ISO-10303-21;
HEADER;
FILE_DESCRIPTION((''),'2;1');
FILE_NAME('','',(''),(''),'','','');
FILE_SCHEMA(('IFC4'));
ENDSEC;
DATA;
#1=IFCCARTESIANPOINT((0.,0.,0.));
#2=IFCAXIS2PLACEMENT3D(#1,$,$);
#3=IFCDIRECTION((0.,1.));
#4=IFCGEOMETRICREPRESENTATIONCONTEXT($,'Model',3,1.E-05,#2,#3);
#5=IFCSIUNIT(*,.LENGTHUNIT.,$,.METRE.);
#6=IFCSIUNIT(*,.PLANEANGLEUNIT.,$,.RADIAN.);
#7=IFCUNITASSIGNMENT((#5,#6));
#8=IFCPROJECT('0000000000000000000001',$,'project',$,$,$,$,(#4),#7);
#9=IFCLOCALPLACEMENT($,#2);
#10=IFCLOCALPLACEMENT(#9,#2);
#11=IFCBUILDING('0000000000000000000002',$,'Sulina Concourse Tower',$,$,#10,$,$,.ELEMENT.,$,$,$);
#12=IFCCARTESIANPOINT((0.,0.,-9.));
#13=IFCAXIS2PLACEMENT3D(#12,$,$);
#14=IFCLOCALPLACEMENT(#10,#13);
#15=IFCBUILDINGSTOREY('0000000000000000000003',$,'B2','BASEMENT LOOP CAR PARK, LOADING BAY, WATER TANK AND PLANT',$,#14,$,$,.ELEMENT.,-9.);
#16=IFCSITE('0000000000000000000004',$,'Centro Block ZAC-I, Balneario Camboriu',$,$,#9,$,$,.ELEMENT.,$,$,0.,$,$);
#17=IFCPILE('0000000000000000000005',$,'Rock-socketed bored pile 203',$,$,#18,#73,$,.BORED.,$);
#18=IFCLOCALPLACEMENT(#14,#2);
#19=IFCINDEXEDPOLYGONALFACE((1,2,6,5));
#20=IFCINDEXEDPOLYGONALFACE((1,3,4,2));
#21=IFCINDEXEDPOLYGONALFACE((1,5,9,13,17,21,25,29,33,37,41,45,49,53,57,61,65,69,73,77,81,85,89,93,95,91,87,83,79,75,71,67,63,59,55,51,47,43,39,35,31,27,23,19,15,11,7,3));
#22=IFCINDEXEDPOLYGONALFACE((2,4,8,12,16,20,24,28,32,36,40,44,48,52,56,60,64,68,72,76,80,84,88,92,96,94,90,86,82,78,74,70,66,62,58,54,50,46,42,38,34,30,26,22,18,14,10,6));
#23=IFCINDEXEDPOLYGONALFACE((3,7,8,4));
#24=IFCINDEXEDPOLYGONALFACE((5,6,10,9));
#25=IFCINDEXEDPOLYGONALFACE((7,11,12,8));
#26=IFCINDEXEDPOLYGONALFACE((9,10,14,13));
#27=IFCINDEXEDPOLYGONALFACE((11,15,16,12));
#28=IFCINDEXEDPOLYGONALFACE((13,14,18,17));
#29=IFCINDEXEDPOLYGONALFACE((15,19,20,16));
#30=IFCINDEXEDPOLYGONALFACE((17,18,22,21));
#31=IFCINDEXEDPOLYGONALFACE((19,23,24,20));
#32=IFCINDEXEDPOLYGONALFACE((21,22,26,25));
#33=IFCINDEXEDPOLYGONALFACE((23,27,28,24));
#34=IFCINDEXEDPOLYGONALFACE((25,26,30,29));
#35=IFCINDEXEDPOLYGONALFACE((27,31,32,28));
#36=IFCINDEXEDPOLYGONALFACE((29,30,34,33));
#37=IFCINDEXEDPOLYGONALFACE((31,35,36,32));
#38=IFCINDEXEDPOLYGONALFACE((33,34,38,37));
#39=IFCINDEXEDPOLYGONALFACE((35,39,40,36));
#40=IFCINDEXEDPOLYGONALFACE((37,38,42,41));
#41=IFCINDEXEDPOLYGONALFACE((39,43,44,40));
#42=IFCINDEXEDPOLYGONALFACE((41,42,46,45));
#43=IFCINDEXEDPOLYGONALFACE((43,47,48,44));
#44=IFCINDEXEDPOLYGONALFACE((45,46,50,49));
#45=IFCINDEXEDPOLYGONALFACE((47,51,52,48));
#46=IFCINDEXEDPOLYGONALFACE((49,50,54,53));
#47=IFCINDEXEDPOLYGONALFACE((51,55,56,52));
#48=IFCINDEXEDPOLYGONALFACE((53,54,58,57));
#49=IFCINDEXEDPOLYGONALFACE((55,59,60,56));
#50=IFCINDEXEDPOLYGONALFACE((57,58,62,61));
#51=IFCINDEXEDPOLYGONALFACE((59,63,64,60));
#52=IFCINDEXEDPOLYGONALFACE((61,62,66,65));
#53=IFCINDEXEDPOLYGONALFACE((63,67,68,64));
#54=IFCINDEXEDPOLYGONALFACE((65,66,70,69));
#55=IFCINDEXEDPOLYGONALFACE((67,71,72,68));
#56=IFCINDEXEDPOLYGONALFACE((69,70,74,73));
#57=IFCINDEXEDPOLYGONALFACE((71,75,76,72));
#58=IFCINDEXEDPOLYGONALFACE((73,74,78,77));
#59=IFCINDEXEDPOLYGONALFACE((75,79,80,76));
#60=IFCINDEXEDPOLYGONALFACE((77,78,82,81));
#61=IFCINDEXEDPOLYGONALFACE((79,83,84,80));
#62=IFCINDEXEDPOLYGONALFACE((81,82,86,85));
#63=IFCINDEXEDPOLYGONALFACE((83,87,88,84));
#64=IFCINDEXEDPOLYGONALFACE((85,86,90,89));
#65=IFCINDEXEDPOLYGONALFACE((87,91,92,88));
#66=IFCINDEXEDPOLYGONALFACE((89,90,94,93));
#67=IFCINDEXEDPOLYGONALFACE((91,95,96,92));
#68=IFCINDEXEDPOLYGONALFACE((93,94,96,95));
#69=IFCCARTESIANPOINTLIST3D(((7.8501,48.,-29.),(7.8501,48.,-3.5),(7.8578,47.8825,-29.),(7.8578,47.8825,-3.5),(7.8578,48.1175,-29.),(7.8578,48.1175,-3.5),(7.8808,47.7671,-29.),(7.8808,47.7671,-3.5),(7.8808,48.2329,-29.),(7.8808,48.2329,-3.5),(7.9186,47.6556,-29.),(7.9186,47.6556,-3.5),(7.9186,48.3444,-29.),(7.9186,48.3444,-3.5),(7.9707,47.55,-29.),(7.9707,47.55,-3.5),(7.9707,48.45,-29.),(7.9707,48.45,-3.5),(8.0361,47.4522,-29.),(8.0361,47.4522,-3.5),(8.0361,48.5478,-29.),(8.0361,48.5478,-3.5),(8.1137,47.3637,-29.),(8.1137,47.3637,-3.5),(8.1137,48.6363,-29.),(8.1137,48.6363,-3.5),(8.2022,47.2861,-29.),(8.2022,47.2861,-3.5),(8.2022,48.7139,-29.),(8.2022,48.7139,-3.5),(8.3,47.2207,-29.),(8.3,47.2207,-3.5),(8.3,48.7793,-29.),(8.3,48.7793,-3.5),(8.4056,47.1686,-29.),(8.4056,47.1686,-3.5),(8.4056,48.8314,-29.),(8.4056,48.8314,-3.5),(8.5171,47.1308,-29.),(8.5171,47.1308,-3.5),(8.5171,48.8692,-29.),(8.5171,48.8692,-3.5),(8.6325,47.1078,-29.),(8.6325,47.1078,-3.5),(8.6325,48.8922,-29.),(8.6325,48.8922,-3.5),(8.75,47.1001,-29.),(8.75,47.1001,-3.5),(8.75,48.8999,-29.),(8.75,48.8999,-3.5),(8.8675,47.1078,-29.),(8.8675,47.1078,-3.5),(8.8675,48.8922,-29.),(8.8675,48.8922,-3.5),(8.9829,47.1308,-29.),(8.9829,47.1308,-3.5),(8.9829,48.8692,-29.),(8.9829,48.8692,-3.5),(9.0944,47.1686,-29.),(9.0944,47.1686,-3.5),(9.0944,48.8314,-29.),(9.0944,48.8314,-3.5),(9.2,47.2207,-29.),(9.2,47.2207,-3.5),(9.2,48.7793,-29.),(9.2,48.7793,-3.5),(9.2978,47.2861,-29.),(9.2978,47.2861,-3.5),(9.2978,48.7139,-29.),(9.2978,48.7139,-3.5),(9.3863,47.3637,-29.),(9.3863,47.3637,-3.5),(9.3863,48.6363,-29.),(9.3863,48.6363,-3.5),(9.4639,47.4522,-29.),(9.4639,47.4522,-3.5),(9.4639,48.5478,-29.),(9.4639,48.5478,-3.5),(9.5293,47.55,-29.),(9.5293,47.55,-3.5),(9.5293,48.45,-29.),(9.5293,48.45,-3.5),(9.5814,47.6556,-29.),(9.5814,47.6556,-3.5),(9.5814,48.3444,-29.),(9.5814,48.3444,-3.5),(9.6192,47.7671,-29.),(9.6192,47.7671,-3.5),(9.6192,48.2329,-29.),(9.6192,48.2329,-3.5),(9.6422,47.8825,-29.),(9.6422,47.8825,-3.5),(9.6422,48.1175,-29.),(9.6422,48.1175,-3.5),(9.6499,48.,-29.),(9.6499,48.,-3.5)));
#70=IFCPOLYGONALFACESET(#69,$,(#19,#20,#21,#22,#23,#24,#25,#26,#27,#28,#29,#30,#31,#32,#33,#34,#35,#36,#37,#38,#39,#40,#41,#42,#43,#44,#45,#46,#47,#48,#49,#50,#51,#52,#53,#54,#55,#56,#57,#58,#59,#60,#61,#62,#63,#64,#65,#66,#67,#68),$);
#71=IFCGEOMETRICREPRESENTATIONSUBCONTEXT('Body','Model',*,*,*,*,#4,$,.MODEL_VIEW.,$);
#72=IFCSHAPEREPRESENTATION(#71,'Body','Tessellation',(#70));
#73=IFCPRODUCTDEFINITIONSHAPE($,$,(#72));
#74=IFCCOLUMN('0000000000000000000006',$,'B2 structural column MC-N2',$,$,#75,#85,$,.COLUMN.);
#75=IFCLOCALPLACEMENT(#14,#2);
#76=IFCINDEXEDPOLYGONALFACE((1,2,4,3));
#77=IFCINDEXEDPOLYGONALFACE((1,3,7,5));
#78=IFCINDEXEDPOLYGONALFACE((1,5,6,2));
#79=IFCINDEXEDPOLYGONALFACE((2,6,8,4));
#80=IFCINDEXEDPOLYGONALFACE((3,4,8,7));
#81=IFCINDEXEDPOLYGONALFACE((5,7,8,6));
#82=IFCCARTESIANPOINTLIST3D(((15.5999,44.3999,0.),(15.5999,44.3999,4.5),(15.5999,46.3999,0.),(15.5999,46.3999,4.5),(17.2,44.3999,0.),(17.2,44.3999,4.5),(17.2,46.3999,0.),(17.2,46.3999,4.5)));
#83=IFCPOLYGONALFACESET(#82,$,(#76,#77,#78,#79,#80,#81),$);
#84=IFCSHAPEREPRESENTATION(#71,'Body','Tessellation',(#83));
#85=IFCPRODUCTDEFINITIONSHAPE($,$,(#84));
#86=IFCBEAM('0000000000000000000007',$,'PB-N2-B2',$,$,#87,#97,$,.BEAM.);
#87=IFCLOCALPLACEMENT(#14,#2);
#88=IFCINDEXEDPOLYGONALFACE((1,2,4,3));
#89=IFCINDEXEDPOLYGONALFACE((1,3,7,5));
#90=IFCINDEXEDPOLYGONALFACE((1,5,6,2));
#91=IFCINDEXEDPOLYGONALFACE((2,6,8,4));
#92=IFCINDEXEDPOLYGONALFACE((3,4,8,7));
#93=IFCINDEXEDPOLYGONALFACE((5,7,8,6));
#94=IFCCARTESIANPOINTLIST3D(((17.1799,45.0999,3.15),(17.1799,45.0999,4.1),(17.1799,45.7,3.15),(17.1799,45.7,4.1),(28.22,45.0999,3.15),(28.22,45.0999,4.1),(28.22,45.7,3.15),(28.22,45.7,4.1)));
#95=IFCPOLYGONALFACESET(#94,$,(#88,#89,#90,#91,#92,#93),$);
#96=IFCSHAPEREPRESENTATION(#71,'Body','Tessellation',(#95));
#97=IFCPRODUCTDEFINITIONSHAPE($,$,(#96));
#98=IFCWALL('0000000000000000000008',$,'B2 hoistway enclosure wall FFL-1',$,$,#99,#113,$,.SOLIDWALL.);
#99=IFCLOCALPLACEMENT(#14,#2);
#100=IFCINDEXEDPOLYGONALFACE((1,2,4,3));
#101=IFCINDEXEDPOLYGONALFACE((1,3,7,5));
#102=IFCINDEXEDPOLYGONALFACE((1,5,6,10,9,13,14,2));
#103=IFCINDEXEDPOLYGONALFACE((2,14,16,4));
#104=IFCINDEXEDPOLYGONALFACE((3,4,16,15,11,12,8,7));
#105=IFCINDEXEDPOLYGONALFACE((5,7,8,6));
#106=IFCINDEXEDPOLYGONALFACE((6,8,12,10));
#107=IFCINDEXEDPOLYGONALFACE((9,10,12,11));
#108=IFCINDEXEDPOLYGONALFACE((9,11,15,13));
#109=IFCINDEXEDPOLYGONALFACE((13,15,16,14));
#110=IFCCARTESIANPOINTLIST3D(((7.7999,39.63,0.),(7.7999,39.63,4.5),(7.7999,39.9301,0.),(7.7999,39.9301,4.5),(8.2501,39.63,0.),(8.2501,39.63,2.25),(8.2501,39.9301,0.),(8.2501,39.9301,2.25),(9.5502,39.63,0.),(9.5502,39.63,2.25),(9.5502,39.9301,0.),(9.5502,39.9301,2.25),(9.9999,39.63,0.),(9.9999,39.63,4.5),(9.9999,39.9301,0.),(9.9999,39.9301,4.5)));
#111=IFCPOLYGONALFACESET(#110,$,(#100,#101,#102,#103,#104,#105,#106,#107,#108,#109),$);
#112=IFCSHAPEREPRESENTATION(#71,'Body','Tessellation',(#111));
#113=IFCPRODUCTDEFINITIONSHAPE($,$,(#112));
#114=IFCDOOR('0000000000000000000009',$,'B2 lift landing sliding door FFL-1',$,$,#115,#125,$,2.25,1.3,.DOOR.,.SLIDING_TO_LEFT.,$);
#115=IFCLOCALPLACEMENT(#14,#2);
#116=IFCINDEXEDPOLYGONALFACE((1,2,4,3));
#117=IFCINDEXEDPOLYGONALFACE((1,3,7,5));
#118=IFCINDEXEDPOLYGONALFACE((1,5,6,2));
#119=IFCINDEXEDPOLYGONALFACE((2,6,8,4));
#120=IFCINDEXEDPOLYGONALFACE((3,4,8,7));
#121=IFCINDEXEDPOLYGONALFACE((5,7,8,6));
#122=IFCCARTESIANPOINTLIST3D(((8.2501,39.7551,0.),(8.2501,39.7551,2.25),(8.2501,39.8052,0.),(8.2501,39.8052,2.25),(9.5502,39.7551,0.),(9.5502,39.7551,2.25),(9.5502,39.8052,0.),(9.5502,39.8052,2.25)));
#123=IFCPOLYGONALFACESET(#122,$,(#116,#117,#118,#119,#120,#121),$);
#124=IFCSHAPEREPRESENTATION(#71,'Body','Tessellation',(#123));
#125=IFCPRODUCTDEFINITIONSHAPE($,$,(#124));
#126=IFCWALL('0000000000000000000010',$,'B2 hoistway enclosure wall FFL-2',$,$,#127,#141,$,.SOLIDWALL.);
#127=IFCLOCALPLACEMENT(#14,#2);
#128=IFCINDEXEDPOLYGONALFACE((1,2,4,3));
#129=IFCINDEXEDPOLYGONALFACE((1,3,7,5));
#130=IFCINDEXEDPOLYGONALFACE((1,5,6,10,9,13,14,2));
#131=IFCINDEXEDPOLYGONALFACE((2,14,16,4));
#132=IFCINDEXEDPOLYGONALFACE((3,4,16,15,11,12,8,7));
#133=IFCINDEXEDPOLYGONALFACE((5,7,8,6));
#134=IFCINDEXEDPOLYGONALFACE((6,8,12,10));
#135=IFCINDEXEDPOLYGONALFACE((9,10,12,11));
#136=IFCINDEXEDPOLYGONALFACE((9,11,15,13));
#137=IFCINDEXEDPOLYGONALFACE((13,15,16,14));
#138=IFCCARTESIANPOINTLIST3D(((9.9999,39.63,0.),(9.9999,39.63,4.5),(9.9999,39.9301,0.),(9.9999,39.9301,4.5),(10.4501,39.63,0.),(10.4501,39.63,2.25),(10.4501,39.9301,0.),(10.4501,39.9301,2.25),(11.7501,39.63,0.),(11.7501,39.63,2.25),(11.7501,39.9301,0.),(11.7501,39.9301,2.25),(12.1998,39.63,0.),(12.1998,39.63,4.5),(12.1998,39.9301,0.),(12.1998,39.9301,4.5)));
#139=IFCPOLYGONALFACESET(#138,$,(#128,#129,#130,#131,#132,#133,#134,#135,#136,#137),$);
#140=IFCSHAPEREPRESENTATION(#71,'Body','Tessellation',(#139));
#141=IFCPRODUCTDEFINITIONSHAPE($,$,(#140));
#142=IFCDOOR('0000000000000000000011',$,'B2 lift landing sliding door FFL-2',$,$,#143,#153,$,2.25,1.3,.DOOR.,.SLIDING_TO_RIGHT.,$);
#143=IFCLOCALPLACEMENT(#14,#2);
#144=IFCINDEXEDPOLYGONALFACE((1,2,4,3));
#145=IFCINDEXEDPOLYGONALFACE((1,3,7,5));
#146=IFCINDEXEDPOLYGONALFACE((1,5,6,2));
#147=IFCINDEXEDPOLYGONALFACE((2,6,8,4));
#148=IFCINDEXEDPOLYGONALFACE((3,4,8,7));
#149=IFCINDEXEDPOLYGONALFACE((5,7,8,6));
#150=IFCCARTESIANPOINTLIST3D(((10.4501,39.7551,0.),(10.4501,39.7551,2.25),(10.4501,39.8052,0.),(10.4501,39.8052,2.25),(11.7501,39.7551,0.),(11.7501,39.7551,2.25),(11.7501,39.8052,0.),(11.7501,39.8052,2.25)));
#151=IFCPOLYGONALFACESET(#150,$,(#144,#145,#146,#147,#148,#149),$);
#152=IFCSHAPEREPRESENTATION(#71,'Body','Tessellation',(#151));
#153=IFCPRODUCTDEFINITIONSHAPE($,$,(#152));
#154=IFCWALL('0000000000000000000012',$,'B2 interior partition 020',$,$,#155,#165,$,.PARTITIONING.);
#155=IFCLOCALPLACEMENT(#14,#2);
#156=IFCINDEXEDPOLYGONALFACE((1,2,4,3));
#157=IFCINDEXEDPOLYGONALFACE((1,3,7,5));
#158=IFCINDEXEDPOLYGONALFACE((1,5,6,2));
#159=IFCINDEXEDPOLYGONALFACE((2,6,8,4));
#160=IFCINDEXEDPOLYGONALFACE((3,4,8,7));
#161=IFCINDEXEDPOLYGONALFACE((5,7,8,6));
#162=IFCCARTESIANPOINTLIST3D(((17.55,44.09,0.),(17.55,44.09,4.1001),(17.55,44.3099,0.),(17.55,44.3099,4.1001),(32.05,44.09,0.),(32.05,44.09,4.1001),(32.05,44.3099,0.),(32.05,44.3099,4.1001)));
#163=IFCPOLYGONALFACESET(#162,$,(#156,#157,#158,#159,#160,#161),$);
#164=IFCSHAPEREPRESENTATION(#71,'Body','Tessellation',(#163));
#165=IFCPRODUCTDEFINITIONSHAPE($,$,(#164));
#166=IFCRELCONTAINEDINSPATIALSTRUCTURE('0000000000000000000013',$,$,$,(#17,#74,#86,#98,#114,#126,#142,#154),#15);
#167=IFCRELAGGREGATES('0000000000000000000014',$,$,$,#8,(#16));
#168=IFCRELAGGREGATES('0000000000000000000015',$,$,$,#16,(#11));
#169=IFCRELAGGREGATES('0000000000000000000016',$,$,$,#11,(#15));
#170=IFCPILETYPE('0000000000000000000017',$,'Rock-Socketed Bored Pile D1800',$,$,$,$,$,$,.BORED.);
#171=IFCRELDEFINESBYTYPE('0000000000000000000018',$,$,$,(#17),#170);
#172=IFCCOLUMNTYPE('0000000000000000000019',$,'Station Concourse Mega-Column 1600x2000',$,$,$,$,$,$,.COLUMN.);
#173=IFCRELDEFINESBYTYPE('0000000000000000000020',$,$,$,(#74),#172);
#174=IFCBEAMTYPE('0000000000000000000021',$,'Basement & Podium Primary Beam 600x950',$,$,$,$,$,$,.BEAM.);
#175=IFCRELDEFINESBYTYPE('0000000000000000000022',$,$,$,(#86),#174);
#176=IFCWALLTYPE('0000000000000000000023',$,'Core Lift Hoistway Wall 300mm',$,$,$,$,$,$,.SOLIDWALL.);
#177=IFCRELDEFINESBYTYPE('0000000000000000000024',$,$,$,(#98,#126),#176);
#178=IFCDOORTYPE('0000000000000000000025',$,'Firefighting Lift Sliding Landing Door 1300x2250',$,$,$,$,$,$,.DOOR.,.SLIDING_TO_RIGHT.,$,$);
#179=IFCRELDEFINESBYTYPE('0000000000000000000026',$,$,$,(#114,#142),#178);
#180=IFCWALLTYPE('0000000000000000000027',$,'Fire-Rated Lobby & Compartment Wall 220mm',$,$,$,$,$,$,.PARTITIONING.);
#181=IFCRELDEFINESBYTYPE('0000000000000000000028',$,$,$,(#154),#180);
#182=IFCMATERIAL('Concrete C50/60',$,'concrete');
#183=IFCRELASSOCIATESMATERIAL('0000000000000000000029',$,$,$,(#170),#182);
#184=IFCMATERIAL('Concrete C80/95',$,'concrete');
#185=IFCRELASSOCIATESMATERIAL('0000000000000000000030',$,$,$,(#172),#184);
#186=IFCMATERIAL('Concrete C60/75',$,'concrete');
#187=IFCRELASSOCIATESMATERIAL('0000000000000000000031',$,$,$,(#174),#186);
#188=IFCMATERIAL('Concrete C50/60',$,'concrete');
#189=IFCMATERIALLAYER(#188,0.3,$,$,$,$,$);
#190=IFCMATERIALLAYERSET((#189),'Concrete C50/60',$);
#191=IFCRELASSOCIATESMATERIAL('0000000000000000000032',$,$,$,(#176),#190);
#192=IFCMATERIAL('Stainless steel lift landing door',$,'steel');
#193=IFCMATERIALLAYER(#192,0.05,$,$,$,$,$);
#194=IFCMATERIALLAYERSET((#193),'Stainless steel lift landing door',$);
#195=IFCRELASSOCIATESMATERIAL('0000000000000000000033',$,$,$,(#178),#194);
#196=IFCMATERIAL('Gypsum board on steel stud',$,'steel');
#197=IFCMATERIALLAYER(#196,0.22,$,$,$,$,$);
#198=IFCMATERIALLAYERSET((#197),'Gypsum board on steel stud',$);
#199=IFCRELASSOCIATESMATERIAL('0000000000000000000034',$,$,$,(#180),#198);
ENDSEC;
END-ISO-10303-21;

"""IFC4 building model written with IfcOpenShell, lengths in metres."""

from ifc_helpers import new_model, si_unit, direction, frame, frame_2d, origin, origin_2d, place, context, subcontext, project, spatial, rectangle, circle, extrude, material, layer, layer_set, material_profile, profile_set, type_object, element, fill, save


model = new_model("IFC4")

# Units and contexts
model_context = context("Model", 3, precision=1e-05, world=origin(), true_north=direction((0.0, 1.0)))
body_context = subcontext(model_context, "Body", "Model", "MODEL_VIEW")
ifc_project = project(units=[si_unit("LENGTHUNIT", "METRE"), si_unit("PLANEANGLEUNIT", "RADIAN")], contexts=[model_context])

# Site, building, storey
site_placement = place(None, origin())
site = spatial("IfcSite", under=ifc_project, at=site_placement, Name="Centro Block ZAC-I, Balneario Camboriu", CompositionType="ELEMENT", RefElevation=0.0)
building_placement = place(site_placement, origin())
building = spatial("IfcBuilding", under=site, at=building_placement, Name="Sulina Concourse Tower", CompositionType="ELEMENT")
storey_placement = place(building_placement, frame((0.0, 0.0, -9.0)))
storey = spatial("IfcBuildingStorey", under=building, at=storey_placement, Name="B2", Description="BASEMENT LOOP CAR PARK, LOADING BAY, WATER TANK AND PLANT", CompositionType="ELEMENT", Elevation=-9.0)

# Pile
ifc_material_1 = material(Name="Concrete C50/60", Category="concrete")
ifc_material_profile_1 = material_profile(ifc_material_1, circle(Radius=0.8999, at=origin_2d()), Name="PILE D1800")
ifc_profile_set_1 = profile_set([ifc_material_profile_1], Name="Concrete C50/60")
pile_type_1 = type_object("IfcPileType", Name="Rock-Socketed Bored Pile D1800", PredefinedType="BORED", material=ifc_profile_set_1)
for number, where, z_axis, x_axis, name in (
    (1, (8.75, 48.0, -3.5), (0.0, 0.0, -1.0), (1.0, 0.0, 0.0), "Rock-socketed bored pile 203"),
):
    element("IfcPile", number, at=place(storey_placement, frame(where, z_axis=z_axis, x_axis=x_axis)), inside=storey, type_object=pile_type_1, Name=name, PredefinedType="BORED", context=body_context, shape_type="SweptSolid", body=[
        extrude(circle(Radius=0.8999, at=origin_2d()), origin(), (0.0, 0.0, 1.0), 25.5),
    ])

# Column
ifc_material_2 = material(Name="Concrete C80/95", Category="concrete")
ifc_material_profile_2 = material_profile(ifc_material_2, rectangle(XDim=1.6001, YDim=2.0, at=origin_2d()), Name="RC 1600x2000")
ifc_profile_set_2 = profile_set([ifc_material_profile_2], Name="Concrete C80/95")
column_type = type_object("IfcColumnType", Name="Station Concourse Mega-Column 1600x2000", PredefinedType="COLUMN", material=ifc_profile_set_2)
column_placement = place(storey_placement, frame((16.3999, 45.3999, 0.0), z_axis=(0.0, 0.0, 1.0), x_axis=(1.0, 0.0, 0.0)))
element("IfcColumn", 2, at=column_placement, inside=storey, type_object=column_type, Name="B2 structural column MC-N2", PredefinedType="COLUMN", context=body_context, shape_type="SweptSolid", body=[
    extrude(rectangle(XDim=1.6001, YDim=2.0, at=origin_2d()), origin(), (0.0, 0.0, 1.0), 4.5),
])

# Beam
ifc_material_3 = material(Name="Concrete C60/75", Category="concrete")
ifc_material_profile_3 = material_profile(ifc_material_3, rectangle(XDim=0.6001, YDim=0.95, at=origin_2d()), Name="RC 600x950")
ifc_profile_set_3 = profile_set([ifc_material_profile_3], Name="Concrete C60/75")
beam_type = type_object("IfcBeamType", Name="Basement & Podium Primary Beam 600x950", PredefinedType="BEAM", material=ifc_profile_set_3)
beam_placement = place(storey_placement, frame((17.1799, 45.3999, 3.625), z_axis=(1.0, 0.0, 0.0), x_axis=(0.0, 1.0, 0.0)))
element("IfcBeam", 3, at=beam_placement, inside=storey, type_object=beam_type, Name="PB-N2-B2", PredefinedType="BEAM", context=body_context, shape_type="SweptSolid", body=[
    extrude(rectangle(XDim=0.6001, YDim=0.95, at=origin_2d()), origin(), (0.0, 0.0, 1.0), 11.04),
])

# Walls, openings, doors
ifc_material_4 = material(Name="Concrete C50/60", Category="concrete")
ifc_layer_1 = layer(ifc_material_4, 0.3)
ifc_layer_set_1 = layer_set([ifc_layer_1], Name="Concrete C50/60")
wall_type_1 = type_object("IfcWallType", Name="Core Lift Hoistway Wall 300mm", PredefinedType="SOLIDWALL", material=ifc_layer_set_1)
wall_1_placement = place(storey_placement, frame((10.0, 39.78, 0.0), z_axis=(0.0, 0.0, 1.0), x_axis=(-1.0, 0.0, 0.0)))
wall_1 = element("IfcWall", 4, at=wall_1_placement, inside=storey, type_object=wall_type_1, Name="B2 hoistway enclosure wall FFL-1", PredefinedType="SOLIDWALL", context=body_context, shape_type="SweptSolid", body=[
    extrude(rectangle(XDim=2.2, YDim=0.3, at=frame_2d((1.1001, 0.0))), origin(), (0.0, 0.0, 1.0), 4.5),
])
opening_1_placement = place(wall_1_placement, frame((0.45, 0.0, 0.0)))
opening_1 = element("IfcOpeningElement", 5, at=opening_1_placement, cuts=wall_1, PredefinedType="OPENING", context=body_context, shape_type="SweptSolid", body=[
    extrude(rectangle(XDim=1.3, YDim=2.25, at=frame_2d((0.6499, 1.125))), frame((0.0, 0.1599, 0.0), z_axis=(0.0, -1.0, 0.0), x_axis=(1.0, 0.0, 0.0)), (0.0, 0.0, 1.0), 0.3201),
])
ifc_material_5 = material(Name="Stainless steel lift landing door", Category="steel")
ifc_layer_2 = layer(ifc_material_5, 0.05)
ifc_layer_set_2 = layer_set([ifc_layer_2], Name="Stainless steel lift landing door")
door_type = type_object("IfcDoorType", Name="Firefighting Lift Sliding Landing Door 1300x2250", OperationType="SLIDING_TO_RIGHT", PredefinedType="DOOR", material=ifc_layer_set_2)
door_1_placement = place(opening_1_placement, origin())
door_1 = element("IfcDoor", 6, at=door_1_placement, inside=storey, type_object=door_type, Name="B2 lift landing sliding door FFL-1", OperationType="SLIDING_TO_LEFT", OverallHeight=2.25, OverallWidth=1.3, PredefinedType="DOOR", context=body_context, shape_type="SweptSolid", body=[
    extrude(rectangle(XDim=1.3, YDim=2.25, at=frame_2d((0.6499, 1.125))), frame((0.0, 0.0249, 0.0), z_axis=(0.0, -1.0, 0.0), x_axis=(1.0, 0.0, 0.0)), (0.0, 0.0, 1.0), 0.05),
])
fill(opening_1, door_1)
wall_2_placement = place(storey_placement, frame((12.2, 39.78, 0.0), z_axis=(0.0, 0.0, 1.0), x_axis=(-1.0, 0.0, 0.0)))
wall_2 = element("IfcWall", 7, at=wall_2_placement, inside=storey, type_object=wall_type_1, Name="B2 hoistway enclosure wall FFL-2", PredefinedType="SOLIDWALL", context=body_context, shape_type="SweptSolid", body=[
    extrude(rectangle(XDim=2.2, YDim=0.3, at=frame_2d((1.1001, 0.0))), origin(), (0.0, 0.0, 1.0), 4.5),
])
opening_2_placement = place(wall_2_placement, frame((0.45, 0.0, 0.0)))
opening_2 = element("IfcOpeningElement", 8, at=opening_2_placement, cuts=wall_2, PredefinedType="OPENING", context=body_context, shape_type="SweptSolid", body=[
    extrude(rectangle(XDim=1.3, YDim=2.25, at=frame_2d((0.6499, 1.125))), frame((0.0, 0.1599, 0.0), z_axis=(0.0, -1.0, 0.0), x_axis=(1.0, 0.0, 0.0)), (0.0, 0.0, 1.0), 0.3201),
])
door_2_placement = place(opening_2_placement, origin())
door_2 = element("IfcDoor", 9, at=door_2_placement, inside=storey, type_object=door_type, Name="B2 lift landing sliding door FFL-2", OperationType="SLIDING_TO_RIGHT", OverallHeight=2.25, OverallWidth=1.3, PredefinedType="DOOR", context=body_context, shape_type="SweptSolid", body=[
    extrude(rectangle(XDim=1.3, YDim=2.25, at=frame_2d((0.6499, 1.125))), frame((0.0, 0.0249, 0.0), z_axis=(0.0, -1.0, 0.0), x_axis=(1.0, 0.0, 0.0)), (0.0, 0.0, 1.0), 0.05),
])
fill(opening_2, door_2)

# Wall
ifc_material_6 = material(Name="Gypsum board on steel stud", Category="steel")
ifc_layer_3 = layer(ifc_material_6, 0.22)
ifc_layer_set_3 = layer_set([ifc_layer_3], Name="Gypsum board on steel stud")
wall_type_2 = type_object("IfcWallType", Name="Fire-Rated Lobby & Compartment Wall 220mm", PredefinedType="PARTITIONING", material=ifc_layer_set_3)
wall_3_placement = place(storey_placement, frame((17.55, 44.2, 0.0), z_axis=(0.0, 0.0, 1.0), x_axis=(1.0, 0.0, 0.0)))
element("IfcWall", 10, at=wall_3_placement, inside=storey, type_object=wall_type_2, Name="B2 interior partition 020", PredefinedType="PARTITIONING", context=body_context, shape_type="SweptSolid", body=[
    extrude(rectangle(XDim=14.5, YDim=0.22, at=frame_2d((7.25, 0.0))), origin(), (0.0, 0.0, 1.0), 4.1001),
])

save(model, "model.ifc")
